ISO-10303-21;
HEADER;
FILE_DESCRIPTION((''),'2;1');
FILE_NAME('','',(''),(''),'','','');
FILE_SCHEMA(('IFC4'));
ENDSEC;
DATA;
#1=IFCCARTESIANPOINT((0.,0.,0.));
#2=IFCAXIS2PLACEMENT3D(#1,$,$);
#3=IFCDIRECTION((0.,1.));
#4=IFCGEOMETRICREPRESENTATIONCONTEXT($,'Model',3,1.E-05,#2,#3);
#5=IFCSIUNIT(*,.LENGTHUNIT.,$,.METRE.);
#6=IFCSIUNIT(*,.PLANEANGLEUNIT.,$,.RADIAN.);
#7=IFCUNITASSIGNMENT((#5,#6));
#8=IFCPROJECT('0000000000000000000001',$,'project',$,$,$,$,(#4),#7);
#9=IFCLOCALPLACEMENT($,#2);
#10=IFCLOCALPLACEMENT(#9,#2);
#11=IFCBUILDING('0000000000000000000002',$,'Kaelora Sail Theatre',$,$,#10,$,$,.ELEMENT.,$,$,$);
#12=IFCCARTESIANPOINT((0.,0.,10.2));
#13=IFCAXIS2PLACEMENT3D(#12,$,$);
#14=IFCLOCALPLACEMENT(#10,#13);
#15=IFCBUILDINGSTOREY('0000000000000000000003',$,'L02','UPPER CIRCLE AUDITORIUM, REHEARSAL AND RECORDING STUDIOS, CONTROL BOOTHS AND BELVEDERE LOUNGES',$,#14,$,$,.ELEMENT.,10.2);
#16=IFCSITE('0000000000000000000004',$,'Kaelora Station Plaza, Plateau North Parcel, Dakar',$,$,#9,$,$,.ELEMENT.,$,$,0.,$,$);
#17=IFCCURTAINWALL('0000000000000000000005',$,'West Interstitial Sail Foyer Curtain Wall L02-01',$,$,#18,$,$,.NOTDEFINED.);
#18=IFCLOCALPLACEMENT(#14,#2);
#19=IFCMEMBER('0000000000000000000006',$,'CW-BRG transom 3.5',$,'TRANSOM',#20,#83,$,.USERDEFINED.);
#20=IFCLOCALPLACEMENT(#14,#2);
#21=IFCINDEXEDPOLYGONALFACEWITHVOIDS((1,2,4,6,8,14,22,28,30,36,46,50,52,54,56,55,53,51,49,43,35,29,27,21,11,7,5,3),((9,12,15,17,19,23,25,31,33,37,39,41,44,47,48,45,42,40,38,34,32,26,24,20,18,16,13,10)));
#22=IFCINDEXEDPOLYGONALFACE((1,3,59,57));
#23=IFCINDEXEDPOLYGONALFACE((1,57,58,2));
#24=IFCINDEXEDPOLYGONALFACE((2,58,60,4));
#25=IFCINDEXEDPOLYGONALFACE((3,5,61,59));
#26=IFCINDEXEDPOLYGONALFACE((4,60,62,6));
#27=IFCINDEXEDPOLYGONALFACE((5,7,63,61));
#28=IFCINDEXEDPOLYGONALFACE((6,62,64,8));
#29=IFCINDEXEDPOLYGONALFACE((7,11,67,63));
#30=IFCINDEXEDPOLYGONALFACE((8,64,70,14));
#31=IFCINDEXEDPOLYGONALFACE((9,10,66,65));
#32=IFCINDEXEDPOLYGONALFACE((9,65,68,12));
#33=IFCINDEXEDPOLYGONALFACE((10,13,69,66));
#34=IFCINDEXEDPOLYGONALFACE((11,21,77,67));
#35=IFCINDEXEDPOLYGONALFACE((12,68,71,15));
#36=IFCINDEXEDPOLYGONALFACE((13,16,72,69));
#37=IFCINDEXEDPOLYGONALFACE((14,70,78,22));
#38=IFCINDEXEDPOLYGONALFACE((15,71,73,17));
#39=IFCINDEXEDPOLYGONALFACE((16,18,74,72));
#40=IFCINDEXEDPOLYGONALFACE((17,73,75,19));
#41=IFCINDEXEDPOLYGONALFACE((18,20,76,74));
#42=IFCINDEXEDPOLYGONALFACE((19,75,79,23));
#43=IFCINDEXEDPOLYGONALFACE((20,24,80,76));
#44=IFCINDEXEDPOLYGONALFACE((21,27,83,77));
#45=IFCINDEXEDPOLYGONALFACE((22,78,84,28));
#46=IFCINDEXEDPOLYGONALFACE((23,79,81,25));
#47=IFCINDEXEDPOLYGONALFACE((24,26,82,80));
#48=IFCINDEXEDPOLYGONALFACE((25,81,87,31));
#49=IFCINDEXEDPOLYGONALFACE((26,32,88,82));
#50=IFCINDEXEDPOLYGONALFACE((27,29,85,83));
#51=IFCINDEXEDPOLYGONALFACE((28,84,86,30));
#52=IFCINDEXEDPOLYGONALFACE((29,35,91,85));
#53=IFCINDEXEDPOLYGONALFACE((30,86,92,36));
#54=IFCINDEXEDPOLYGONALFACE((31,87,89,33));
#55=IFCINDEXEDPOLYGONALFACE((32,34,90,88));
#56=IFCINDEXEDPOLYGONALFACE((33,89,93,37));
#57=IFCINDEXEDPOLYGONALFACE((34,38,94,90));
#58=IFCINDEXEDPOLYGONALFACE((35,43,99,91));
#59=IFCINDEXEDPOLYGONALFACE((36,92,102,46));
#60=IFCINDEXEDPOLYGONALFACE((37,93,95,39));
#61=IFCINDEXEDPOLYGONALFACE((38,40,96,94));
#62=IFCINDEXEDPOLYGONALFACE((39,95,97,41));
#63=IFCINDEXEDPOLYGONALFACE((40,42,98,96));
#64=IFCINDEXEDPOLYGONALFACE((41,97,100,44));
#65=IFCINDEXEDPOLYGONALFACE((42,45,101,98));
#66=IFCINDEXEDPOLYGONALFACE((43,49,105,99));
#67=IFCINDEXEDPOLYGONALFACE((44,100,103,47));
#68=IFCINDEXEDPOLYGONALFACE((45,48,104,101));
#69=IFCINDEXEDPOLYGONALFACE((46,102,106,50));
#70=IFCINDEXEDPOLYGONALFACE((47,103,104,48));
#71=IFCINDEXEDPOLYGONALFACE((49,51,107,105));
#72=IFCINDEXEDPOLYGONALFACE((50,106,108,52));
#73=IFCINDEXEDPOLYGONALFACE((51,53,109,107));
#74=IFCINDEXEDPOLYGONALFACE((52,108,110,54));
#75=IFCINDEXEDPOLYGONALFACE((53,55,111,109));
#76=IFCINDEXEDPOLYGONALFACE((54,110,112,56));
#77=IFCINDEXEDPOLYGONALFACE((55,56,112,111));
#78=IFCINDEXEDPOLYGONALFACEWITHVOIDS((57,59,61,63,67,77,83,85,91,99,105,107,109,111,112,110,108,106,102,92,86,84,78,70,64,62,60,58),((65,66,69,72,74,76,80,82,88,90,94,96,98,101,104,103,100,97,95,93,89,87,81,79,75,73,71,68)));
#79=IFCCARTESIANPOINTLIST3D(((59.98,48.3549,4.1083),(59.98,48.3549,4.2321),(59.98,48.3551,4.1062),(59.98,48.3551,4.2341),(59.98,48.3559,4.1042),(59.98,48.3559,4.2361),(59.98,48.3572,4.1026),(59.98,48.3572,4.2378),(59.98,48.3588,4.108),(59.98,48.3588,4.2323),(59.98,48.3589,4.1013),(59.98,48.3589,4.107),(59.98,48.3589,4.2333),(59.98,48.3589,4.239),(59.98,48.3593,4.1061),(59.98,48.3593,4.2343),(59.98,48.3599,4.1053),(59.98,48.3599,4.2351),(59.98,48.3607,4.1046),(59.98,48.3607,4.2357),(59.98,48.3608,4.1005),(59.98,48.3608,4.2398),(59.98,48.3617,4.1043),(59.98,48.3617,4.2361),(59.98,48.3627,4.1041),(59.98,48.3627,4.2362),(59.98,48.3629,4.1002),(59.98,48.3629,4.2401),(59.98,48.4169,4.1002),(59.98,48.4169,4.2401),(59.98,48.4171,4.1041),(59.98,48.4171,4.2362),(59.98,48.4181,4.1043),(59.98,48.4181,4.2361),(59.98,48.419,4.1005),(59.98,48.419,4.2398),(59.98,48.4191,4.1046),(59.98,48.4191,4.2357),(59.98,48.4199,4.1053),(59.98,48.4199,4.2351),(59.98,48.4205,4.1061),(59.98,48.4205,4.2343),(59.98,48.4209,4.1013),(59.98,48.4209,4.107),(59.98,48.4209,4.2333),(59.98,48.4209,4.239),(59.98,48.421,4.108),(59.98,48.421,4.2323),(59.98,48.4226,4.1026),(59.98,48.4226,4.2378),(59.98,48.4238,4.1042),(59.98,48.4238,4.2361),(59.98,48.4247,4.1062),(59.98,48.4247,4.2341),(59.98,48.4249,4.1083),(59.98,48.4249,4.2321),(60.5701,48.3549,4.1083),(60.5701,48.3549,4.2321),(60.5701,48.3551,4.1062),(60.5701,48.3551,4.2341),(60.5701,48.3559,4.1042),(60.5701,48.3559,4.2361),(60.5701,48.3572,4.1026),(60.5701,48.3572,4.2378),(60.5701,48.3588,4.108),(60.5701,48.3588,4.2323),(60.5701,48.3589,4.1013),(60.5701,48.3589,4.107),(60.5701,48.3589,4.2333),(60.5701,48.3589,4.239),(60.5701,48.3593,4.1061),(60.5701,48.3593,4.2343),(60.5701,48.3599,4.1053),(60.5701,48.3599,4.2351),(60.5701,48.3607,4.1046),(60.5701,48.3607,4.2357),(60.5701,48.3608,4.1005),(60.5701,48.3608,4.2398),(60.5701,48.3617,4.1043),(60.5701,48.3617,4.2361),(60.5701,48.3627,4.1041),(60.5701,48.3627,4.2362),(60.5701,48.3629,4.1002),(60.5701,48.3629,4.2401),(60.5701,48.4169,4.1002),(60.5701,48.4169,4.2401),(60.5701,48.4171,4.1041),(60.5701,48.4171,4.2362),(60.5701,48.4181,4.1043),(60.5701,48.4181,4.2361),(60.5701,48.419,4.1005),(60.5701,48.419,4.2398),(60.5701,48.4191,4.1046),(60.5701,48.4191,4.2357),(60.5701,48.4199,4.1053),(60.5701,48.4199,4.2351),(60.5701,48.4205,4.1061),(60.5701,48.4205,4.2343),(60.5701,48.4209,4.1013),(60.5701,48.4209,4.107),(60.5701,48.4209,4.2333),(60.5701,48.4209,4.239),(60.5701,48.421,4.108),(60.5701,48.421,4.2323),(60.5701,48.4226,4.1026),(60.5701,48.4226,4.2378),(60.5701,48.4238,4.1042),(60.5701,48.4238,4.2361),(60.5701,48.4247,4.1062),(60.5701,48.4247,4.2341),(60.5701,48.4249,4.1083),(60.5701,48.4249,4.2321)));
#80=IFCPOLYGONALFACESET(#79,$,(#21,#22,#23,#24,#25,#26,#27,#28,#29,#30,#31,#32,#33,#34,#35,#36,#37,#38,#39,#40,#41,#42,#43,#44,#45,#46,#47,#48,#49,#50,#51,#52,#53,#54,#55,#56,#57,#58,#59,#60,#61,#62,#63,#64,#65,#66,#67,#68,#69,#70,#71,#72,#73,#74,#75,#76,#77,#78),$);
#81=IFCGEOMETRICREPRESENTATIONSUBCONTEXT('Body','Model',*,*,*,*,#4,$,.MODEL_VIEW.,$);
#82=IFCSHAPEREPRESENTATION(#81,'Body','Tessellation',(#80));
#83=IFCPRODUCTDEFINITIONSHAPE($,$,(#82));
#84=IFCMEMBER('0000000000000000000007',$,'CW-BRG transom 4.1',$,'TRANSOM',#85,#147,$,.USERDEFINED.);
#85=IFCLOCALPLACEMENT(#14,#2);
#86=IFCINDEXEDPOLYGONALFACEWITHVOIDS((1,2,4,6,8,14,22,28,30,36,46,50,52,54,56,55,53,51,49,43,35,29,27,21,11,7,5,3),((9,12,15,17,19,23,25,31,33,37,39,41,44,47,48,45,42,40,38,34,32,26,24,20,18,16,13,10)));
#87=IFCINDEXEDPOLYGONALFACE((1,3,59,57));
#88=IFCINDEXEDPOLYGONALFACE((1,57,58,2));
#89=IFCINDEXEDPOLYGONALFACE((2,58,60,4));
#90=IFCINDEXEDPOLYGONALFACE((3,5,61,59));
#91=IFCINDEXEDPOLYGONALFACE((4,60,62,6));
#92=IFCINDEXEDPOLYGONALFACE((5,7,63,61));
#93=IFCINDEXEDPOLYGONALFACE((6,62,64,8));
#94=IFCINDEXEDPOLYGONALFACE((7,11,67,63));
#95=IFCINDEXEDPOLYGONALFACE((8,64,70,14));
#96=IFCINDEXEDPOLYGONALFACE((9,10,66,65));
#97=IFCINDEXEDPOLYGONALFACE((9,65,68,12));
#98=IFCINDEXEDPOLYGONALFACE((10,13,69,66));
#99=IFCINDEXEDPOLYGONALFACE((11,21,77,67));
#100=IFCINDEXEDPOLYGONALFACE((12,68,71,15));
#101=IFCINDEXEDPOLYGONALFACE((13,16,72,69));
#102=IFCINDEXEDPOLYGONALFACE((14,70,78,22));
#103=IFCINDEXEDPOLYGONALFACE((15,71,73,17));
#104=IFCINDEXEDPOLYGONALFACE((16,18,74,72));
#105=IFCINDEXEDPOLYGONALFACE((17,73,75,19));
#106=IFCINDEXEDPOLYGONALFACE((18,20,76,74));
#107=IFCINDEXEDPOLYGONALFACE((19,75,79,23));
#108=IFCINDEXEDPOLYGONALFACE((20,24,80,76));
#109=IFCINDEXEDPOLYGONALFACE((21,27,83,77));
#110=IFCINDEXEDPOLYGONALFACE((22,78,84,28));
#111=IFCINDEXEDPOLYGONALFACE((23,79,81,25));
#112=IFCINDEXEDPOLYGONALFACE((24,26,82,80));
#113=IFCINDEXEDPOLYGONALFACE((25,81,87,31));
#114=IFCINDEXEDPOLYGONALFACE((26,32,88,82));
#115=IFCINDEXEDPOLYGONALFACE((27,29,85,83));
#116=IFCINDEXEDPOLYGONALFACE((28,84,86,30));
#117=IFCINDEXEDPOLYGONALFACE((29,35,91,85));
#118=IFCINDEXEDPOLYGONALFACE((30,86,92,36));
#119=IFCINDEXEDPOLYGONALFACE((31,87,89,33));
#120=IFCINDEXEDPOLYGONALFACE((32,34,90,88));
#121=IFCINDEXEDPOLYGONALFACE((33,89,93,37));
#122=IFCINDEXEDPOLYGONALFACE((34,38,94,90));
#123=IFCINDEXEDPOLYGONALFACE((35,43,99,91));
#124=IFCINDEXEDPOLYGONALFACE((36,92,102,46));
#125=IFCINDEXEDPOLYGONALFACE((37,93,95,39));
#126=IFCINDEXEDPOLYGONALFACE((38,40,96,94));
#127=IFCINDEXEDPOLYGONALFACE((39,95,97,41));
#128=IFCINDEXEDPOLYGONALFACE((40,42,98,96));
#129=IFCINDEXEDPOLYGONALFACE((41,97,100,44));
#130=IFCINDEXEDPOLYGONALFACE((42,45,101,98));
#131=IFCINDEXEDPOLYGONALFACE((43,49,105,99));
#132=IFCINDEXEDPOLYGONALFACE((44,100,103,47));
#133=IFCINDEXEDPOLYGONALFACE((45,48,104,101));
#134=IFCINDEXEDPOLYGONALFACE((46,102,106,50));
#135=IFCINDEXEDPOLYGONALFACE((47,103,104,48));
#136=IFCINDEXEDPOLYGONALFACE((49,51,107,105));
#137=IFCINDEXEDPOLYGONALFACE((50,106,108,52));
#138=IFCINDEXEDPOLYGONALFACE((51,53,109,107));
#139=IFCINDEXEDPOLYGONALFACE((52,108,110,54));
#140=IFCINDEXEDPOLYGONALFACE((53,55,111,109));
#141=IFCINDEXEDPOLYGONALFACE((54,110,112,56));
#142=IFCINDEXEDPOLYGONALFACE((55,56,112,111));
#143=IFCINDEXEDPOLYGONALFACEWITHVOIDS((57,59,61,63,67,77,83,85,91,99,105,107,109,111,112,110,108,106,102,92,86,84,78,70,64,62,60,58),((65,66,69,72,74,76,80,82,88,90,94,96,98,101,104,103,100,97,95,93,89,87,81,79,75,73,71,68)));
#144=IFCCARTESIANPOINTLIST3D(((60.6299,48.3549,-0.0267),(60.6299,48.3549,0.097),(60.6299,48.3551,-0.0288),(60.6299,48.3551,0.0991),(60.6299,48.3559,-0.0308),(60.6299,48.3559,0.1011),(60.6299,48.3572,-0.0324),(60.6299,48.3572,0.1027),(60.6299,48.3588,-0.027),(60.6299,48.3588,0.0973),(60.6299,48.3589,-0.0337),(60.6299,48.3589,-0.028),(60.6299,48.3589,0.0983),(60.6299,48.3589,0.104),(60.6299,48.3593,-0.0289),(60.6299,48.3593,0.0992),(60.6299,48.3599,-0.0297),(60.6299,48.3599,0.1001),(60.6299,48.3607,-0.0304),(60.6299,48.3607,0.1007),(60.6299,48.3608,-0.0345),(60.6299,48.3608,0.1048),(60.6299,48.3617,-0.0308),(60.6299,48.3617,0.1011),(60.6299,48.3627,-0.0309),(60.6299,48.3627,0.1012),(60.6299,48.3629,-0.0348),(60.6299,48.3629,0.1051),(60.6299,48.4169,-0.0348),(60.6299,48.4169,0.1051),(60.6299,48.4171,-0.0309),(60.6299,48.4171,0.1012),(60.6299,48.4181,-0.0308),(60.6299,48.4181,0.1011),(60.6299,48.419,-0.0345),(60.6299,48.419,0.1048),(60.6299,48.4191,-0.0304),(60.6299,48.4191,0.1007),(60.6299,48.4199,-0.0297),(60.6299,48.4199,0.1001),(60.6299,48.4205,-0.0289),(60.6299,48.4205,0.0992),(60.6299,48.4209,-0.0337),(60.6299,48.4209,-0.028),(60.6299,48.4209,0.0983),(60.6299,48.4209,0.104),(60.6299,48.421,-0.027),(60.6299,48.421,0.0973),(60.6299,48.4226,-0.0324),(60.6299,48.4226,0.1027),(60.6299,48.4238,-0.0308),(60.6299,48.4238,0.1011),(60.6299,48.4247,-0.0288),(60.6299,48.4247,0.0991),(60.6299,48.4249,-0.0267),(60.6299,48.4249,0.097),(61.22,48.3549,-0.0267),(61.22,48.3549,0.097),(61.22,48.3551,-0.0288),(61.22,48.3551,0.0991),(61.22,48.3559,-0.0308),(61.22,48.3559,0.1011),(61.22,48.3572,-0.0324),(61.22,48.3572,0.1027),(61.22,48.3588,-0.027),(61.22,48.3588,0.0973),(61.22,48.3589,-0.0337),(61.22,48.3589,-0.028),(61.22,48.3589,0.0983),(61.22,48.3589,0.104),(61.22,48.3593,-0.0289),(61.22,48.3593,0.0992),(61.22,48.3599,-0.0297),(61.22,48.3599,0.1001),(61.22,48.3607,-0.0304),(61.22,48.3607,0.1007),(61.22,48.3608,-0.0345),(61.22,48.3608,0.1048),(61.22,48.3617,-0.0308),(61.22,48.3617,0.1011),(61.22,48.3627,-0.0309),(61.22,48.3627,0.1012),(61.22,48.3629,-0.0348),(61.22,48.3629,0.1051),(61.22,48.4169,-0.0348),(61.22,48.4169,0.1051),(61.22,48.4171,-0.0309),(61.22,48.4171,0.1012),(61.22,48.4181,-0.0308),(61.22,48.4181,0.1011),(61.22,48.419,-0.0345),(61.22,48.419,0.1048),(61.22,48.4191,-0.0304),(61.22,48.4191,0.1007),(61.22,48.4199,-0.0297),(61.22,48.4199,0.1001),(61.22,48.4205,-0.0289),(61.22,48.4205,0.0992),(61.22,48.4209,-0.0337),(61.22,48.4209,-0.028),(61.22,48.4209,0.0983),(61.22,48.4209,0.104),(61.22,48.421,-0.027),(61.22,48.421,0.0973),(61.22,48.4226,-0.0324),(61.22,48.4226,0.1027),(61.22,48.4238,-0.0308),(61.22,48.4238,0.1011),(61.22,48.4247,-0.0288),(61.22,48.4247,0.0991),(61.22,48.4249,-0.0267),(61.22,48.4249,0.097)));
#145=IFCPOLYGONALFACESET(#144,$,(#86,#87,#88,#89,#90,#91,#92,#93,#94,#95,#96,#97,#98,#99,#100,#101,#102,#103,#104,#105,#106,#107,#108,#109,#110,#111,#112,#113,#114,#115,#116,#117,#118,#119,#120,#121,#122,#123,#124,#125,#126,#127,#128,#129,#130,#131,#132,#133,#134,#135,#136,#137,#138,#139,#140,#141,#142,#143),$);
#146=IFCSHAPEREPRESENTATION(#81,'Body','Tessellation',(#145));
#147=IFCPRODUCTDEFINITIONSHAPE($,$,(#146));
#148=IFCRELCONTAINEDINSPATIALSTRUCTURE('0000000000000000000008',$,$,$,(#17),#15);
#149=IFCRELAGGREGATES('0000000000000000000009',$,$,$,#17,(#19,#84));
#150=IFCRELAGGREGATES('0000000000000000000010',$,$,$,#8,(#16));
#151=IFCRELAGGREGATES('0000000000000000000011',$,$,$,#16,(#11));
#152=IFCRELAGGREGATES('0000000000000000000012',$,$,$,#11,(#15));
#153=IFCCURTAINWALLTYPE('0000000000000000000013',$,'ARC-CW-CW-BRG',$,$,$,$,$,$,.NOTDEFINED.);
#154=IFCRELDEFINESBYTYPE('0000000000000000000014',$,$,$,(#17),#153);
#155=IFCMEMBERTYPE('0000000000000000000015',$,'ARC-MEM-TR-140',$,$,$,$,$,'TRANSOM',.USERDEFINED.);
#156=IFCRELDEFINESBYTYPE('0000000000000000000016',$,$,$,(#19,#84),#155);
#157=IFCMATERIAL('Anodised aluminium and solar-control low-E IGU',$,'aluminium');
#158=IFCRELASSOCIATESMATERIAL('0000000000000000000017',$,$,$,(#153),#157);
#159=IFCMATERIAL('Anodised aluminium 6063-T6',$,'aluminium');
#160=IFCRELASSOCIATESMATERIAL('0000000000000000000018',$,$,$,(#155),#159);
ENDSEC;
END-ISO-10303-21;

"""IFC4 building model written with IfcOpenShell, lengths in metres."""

from ifc_helpers import new_model, si_unit, direction, frame, origin, origin_2d, place, context, subcontext, project, spatial, hollow_rectangle, extrude, material, material_profile, profile_set, type_object, element, aggregate, save


model = new_model("IFC4")

# Units and contexts
model_context = context("Model", 3, precision=1e-05, world=origin(), true_north=direction((0.0, 1.0)))
body_context = subcontext(model_context, "Body", "Model", "MODEL_VIEW")
ifc_project = project(units=[si_unit("LENGTHUNIT", "METRE"), si_unit("PLANEANGLEUNIT", "RADIAN")], contexts=[model_context])

# Site, building, storey
site_placement = place(None, origin())
site = spatial("IfcSite", under=ifc_project, at=site_placement, Name="Kaelora Station Plaza, Plateau North Parcel, Dakar", CompositionType="ELEMENT", RefElevation=0.0)
building_placement = place(site_placement, origin())
building = spatial("IfcBuilding", under=site, at=building_placement, Name="Kaelora Sail Theatre", CompositionType="ELEMENT")
storey_placement = place(building_placement, frame((0.0, 0.0, 10.2)))
storey = spatial("IfcBuildingStorey", under=building, at=storey_placement, Name="L02", Description="UPPER CIRCLE AUDITORIUM, REHEARSAL AND RECORDING STUDIOS, CONTROL BOOTHS AND BELVEDERE LOUNGES", CompositionType="ELEMENT", Elevation=10.2)

# Curtain wall, members
ifc_material_1 = material(Name="Anodised aluminium and solar-control low-E IGU", Category="aluminium")
curtain_wall_type = type_object("IfcCurtainWallType", Name="ARC-CW-CW-BRG", PredefinedType="NOTDEFINED", material=ifc_material_1)
curtain_wall_placement = place(storey_placement, origin())
curtain_wall = element("IfcCurtainWall", 1, at=curtain_wall_placement, inside=storey, type_object=curtain_wall_type, Name="West Interstitial Sail Foyer Curtain Wall L02-01", PredefinedType="NOTDEFINED")
ifc_material_2 = material(Name="Anodised aluminium 6063-T6", Category="aluminium")
ifc_material_profile_1 = material_profile(ifc_material_2, hollow_rectangle(XDim=0.0701, YDim=0.1399, WallThickness=0.0039, InnerFilletRadius=0.0039, OuterFilletRadius=0.0081, at=origin_2d()), Name="ALU-TRAN 70x140x4")
ifc_profile_set_1 = profile_set([ifc_material_profile_1], Name="Anodised aluminium 6063-T6")
member_type_1 = type_object("IfcMemberType", Name="ARC-MEM-TR-140", ElementType="TRANSOM", PredefinedType="USERDEFINED", material=ifc_profile_set_1)
member_1_placement = place(storey_placement, frame((59.98, 48.3899, 4.1702), z_axis=(1.0, 0.0, 0.0), x_axis=(0.0, 1.0, 0.0)))
member_1 = element("IfcMember", 2, at=member_1_placement, type_object=member_type_1, Name="CW-BRG transom 3.5", ObjectType="TRANSOM", PredefinedType="USERDEFINED", context=body_context, shape_type="SweptSolid", body=[
    extrude(hollow_rectangle(XDim=0.0701, YDim=0.1399, WallThickness=0.0039, InnerFilletRadius=0.0039, OuterFilletRadius=0.0081, at=origin_2d()), origin(), (0.0, 0.0, 1.0), 0.5901),
])
member_2_placement = place(storey_placement, frame((60.6299, 48.3899, 0.0352), z_axis=(1.0, 0.0, 0.0), x_axis=(0.0, 1.0, 0.0)))
member_2 = element("IfcMember", 3, at=member_2_placement, type_object=member_type_1, Name="CW-BRG transom 4.1", ObjectType="TRANSOM", PredefinedType="USERDEFINED", context=body_context, shape_type="SweptSolid", body=[
    extrude(hollow_rectangle(XDim=0.0701, YDim=0.1399, WallThickness=0.0039, InnerFilletRadius=0.0039, OuterFilletRadius=0.0081, at=origin_2d()), origin(), (0.0, 0.0, 1.0), 0.5901),
])
aggregate(curtain_wall, [member_1, member_2])

save(model, "model.ifc")
